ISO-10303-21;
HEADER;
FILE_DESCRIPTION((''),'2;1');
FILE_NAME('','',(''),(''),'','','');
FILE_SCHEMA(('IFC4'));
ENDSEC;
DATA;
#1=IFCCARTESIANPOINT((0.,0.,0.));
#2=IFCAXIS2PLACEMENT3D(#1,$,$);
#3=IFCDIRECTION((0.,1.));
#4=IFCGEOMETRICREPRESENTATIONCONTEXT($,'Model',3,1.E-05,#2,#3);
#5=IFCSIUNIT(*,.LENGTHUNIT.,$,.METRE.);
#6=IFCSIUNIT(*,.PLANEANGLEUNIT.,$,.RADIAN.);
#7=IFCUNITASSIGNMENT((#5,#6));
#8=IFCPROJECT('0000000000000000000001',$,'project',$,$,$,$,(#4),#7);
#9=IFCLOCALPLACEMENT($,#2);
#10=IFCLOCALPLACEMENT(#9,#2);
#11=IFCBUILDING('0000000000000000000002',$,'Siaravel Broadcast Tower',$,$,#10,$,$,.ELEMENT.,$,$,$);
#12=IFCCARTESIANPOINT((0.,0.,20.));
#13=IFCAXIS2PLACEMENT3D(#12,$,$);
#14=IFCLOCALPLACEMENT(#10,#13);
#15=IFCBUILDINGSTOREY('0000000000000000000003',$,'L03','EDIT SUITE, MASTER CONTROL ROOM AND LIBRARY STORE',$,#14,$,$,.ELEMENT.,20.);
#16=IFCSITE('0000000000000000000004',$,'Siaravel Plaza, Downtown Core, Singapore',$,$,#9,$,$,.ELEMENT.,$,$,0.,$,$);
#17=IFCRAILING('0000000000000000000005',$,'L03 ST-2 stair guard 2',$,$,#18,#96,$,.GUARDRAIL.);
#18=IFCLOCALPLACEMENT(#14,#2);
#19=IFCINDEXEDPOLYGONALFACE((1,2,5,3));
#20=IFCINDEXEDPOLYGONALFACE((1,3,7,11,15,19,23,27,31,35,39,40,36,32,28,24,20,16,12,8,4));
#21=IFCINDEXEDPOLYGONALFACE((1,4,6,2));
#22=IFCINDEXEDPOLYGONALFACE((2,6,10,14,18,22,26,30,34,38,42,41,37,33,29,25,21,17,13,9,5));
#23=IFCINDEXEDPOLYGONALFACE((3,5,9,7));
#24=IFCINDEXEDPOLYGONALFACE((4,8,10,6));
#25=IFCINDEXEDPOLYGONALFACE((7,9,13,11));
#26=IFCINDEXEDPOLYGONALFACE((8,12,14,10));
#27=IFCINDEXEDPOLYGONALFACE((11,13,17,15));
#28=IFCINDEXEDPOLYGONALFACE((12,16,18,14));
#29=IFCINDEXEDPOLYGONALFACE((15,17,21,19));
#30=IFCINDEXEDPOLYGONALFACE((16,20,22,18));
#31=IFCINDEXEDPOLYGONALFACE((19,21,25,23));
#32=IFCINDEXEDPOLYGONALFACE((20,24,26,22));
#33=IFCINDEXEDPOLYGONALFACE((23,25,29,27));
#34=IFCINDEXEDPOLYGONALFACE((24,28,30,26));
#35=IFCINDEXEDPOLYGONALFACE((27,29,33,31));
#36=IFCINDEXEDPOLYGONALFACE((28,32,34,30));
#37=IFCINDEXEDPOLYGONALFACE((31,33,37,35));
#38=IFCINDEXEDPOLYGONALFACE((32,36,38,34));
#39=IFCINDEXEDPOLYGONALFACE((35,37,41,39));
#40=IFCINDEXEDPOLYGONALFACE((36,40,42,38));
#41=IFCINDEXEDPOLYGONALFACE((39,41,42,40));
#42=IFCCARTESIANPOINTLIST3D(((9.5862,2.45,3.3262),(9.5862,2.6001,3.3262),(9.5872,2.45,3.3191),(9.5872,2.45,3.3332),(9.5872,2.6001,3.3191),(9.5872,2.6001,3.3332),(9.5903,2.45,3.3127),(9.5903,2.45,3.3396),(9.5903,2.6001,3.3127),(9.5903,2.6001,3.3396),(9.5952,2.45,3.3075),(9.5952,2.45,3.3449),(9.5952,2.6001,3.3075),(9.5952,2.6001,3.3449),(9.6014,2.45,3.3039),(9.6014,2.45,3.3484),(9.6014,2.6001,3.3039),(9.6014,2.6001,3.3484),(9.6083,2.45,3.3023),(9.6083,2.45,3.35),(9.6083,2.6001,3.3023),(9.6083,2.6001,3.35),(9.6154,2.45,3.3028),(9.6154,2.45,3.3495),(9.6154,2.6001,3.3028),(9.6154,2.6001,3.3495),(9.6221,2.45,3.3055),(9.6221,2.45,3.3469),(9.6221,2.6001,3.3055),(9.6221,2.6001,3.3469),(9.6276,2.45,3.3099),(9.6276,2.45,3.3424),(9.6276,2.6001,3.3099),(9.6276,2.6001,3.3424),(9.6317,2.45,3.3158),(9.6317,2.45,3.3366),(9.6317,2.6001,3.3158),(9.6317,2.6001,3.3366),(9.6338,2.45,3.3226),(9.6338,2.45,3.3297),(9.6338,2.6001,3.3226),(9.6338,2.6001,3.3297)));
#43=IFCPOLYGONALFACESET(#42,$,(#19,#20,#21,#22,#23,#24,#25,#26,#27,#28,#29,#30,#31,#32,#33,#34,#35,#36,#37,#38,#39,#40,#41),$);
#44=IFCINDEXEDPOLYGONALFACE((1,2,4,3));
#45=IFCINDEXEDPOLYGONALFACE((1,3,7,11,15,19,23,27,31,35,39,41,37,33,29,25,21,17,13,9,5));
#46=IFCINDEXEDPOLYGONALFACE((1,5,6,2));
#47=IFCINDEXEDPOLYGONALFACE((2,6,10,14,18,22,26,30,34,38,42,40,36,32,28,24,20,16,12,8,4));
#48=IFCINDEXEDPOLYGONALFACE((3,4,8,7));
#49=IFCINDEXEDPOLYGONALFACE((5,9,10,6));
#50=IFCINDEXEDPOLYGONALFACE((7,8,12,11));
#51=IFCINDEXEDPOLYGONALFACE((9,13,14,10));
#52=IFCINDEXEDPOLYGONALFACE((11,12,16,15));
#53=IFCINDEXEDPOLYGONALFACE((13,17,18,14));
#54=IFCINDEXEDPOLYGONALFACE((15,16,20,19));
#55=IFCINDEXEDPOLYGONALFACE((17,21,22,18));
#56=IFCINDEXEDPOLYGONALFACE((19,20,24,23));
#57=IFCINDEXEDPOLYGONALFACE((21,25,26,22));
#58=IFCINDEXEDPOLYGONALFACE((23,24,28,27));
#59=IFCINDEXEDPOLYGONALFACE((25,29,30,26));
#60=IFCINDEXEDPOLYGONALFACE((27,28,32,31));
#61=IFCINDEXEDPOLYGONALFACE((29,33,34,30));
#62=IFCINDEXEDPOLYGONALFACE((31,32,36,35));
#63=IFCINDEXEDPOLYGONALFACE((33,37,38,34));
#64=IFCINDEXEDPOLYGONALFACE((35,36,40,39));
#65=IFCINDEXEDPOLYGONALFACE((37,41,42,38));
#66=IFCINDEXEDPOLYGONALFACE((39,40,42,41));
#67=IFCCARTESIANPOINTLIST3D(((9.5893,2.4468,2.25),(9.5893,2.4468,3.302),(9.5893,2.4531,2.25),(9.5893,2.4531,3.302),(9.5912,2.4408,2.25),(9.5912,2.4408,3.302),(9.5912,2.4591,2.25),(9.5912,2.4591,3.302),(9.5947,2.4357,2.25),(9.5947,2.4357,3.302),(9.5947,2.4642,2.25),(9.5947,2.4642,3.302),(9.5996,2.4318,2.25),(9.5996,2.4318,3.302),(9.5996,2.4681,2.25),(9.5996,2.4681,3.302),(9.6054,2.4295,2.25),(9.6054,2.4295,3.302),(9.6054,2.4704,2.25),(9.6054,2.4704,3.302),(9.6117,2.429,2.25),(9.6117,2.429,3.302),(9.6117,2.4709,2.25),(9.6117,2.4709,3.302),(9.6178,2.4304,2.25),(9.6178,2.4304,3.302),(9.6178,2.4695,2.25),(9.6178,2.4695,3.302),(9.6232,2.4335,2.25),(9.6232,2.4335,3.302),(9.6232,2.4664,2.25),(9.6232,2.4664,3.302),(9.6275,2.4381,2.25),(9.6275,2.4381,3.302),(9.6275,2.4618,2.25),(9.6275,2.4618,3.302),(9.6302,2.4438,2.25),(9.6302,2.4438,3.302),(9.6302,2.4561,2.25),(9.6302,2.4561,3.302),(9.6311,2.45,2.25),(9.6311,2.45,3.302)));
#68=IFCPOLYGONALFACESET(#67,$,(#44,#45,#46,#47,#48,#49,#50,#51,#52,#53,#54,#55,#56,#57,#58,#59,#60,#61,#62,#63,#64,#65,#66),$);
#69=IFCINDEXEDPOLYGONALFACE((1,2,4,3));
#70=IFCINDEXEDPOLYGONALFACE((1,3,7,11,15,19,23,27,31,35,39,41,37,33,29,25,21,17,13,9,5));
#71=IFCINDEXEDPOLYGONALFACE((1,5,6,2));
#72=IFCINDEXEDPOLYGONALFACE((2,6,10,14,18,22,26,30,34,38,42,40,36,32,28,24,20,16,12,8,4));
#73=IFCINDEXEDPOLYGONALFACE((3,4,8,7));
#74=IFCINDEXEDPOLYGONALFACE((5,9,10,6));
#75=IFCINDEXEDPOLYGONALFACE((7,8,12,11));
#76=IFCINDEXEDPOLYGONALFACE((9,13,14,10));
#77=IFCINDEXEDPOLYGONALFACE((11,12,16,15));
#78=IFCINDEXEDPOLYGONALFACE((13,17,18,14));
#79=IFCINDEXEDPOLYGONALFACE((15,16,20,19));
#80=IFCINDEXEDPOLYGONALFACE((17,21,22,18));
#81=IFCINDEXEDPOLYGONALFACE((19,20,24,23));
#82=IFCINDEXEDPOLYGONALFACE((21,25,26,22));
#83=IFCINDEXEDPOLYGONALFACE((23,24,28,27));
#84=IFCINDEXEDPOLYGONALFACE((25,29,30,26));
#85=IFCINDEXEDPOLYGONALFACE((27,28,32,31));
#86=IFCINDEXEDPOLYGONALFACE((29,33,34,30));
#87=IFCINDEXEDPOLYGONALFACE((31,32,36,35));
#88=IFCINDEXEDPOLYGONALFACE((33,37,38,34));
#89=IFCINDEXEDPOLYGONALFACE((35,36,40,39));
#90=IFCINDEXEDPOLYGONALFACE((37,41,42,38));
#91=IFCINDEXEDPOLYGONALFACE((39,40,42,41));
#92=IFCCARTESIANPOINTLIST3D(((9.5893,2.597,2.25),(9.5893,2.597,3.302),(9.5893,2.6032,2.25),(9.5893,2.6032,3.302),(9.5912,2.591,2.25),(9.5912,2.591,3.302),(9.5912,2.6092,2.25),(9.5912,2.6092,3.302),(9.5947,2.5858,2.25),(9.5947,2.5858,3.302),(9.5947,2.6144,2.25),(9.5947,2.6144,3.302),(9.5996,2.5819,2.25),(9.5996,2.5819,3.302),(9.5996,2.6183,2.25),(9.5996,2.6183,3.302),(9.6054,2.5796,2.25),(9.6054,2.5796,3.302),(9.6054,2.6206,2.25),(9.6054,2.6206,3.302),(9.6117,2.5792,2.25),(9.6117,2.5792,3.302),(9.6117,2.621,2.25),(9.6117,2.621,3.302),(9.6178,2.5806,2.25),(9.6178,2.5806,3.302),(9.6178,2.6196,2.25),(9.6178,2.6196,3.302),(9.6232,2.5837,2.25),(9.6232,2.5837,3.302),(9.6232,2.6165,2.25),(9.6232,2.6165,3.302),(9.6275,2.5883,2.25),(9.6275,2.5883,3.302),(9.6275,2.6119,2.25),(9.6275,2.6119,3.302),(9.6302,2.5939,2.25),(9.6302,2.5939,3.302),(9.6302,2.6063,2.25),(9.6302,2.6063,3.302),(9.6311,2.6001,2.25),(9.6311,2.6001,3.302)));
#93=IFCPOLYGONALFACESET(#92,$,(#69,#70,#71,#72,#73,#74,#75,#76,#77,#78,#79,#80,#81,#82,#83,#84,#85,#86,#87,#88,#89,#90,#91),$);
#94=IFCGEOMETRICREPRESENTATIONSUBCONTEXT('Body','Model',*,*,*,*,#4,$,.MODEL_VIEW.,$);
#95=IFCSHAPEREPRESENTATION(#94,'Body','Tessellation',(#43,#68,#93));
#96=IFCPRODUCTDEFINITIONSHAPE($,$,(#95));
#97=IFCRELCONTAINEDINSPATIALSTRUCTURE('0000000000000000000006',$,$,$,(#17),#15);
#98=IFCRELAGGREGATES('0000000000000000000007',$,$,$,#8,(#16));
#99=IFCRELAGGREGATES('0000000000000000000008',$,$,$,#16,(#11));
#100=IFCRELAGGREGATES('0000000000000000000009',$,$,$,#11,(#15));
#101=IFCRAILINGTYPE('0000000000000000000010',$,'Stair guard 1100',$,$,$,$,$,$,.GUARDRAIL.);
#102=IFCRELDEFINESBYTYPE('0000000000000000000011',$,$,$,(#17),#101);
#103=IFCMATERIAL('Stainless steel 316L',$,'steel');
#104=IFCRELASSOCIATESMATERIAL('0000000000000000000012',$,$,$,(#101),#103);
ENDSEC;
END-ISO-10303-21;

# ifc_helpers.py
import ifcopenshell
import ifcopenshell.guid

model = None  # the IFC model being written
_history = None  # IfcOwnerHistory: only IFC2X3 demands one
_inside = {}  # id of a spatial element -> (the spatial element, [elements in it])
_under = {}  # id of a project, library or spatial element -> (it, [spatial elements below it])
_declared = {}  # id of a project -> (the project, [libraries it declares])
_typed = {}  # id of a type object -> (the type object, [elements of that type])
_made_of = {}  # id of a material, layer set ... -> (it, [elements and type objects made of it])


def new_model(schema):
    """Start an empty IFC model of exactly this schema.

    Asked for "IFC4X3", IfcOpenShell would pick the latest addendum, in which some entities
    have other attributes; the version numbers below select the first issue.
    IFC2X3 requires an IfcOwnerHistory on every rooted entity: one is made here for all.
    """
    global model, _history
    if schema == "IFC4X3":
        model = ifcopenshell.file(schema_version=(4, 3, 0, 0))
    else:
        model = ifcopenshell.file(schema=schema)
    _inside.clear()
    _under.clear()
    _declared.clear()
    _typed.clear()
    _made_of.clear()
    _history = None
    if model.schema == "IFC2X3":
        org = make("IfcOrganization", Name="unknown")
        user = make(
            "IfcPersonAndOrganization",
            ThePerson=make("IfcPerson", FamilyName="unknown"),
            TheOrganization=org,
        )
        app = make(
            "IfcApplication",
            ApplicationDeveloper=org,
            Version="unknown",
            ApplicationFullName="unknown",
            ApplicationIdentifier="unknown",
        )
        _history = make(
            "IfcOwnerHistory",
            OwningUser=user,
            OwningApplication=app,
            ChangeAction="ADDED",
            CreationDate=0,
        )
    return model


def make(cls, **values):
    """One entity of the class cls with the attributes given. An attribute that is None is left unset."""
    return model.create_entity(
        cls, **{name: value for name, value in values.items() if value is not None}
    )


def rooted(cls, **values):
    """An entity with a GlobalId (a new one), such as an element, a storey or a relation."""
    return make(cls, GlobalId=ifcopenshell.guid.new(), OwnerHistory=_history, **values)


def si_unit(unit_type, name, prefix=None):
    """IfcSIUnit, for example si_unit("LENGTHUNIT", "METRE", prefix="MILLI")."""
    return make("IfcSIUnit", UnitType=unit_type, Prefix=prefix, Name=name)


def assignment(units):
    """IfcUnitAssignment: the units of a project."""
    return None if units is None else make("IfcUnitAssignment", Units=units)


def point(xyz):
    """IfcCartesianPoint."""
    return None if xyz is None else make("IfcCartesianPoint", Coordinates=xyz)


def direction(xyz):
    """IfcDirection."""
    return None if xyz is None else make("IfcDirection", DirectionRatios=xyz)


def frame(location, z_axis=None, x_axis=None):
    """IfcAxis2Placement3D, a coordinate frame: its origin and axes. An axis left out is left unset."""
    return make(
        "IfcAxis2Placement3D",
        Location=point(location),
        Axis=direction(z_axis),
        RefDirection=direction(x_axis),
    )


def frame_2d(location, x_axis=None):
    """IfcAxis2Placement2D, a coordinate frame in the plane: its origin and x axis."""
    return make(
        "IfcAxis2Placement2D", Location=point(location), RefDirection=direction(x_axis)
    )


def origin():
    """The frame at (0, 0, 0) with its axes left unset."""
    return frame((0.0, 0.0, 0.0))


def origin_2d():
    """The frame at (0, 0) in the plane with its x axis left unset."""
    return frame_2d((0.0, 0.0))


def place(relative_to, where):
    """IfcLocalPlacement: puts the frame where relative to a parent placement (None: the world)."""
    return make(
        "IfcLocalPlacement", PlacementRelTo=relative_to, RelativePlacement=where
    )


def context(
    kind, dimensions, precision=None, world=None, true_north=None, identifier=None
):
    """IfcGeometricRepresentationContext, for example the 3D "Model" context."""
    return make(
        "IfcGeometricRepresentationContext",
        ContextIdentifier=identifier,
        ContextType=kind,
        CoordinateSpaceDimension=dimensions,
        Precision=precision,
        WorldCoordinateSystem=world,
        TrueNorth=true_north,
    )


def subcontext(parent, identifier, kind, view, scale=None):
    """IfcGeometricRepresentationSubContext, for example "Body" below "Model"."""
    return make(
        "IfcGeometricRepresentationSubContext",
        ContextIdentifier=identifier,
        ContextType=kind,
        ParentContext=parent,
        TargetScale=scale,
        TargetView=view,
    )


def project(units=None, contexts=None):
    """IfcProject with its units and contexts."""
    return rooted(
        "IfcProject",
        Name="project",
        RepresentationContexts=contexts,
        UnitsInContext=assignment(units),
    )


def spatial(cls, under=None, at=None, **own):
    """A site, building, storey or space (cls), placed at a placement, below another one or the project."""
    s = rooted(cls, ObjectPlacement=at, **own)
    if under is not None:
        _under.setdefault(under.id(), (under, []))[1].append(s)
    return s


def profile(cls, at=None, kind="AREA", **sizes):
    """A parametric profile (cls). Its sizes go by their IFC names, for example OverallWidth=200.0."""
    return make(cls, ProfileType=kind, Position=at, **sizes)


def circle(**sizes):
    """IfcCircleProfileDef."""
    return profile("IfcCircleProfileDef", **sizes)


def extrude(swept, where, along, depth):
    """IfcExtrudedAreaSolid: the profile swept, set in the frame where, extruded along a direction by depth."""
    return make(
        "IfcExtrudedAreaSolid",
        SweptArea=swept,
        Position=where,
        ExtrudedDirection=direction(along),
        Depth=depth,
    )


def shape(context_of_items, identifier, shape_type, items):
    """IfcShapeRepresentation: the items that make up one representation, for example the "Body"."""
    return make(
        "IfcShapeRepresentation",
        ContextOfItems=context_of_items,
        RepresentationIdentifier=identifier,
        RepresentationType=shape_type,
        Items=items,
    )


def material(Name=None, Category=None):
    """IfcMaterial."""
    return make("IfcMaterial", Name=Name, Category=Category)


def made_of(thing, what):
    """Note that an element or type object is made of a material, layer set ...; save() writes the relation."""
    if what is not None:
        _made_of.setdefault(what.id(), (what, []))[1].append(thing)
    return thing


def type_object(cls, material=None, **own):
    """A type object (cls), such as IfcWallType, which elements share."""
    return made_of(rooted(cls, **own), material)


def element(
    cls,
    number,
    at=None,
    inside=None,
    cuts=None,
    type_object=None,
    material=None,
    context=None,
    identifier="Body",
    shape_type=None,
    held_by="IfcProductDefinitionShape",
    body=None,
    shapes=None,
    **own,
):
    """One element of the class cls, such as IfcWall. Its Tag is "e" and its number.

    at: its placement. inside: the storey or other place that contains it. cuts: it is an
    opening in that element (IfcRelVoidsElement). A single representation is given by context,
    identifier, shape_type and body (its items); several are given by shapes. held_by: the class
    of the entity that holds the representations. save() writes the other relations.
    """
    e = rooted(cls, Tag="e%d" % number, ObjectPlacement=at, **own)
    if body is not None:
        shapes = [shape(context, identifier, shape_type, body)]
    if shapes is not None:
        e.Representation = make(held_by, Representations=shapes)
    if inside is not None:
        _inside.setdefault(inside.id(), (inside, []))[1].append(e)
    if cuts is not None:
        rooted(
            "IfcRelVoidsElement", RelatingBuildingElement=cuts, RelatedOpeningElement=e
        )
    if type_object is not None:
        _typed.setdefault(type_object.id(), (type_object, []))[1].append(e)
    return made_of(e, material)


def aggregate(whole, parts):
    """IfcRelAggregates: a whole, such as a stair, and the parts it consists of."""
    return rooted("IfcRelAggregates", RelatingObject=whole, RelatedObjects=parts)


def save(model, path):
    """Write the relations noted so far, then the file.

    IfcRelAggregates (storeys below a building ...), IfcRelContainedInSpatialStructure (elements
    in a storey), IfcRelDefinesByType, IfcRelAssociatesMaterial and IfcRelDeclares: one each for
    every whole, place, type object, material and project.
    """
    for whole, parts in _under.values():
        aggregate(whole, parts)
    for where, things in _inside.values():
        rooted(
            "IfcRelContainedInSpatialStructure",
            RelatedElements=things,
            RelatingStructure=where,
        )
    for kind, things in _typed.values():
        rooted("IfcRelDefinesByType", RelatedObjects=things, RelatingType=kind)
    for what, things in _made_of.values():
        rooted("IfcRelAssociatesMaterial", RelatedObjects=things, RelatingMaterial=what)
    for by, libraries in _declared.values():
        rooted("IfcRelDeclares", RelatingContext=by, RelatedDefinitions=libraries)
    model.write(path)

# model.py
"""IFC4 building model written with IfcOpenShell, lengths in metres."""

from ifc_helpers import new_model, si_unit, direction, frame, origin, origin_2d, place, context, subcontext, project, spatial, circle, extrude, material, type_object, element, save


model = new_model("IFC4")

# Units and contexts
model_context = context("Model", 3, precision=1e-05, world=origin(), true_north=direction((0.0, 1.0)))
body_context = subcontext(model_context, "Body", "Model", "MODEL_VIEW")
ifc_project = project(units=[si_unit("LENGTHUNIT", "METRE"), si_unit("PLANEANGLEUNIT", "RADIAN")], contexts=[model_context])

# Site, building, storey
site_placement = place(None, origin())
site = spatial("IfcSite", under=ifc_project, at=site_placement, Name="Siaravel Plaza, Downtown Core, Singapore", CompositionType="ELEMENT", RefElevation=0.0)
building_placement = place(site_placement, origin())
building = spatial("IfcBuilding", under=site, at=building_placement, Name="Siaravel Broadcast Tower", CompositionType="ELEMENT")
storey_placement = place(building_placement, frame((0.0, 0.0, 20.0)))
storey = spatial("IfcBuildingStorey", under=building, at=storey_placement, Name="L03", Description="EDIT SUITE, MASTER CONTROL ROOM AND LIBRARY STORE", CompositionType="ELEMENT", Elevation=20.0)

# Railing
ifc_material_1 = material(Name="Stainless steel 316L", Category="steel")
railing_type_1 = type_object("IfcRailingType", Name="Stair guard 1100", PredefinedType="GUARDRAIL", material=ifc_material_1)
railing_1_placement = place(storey_placement, frame((9.6101, 2.45, 2.25)))
element("IfcRailing", 1, at=railing_1_placement, inside=storey, type_object=railing_type_1, Name="L03 ST-2 stair guard 2", PredefinedType="GUARDRAIL", context=body_context, shape_type="SweptSolid", body=[
    extrude(circle(Radius=0.0239, at=origin_2d()), frame((0.0, 0.0, 1.0762), z_axis=(0.0, 1.0, 0.0), x_axis=(-1.0, 0.0, 0.0)), (0.0, 0.0, 1.0), 0.1501),
    extrude(circle(Radius=0.021, at=origin_2d()), origin(), (0.0, 0.0, 1.0), 1.052),
    extrude(circle(Radius=0.021, at=origin_2d()), frame((0.0, 0.1501, 0.0)), (0.0, 0.0, 1.0), 1.052),
])

save(model, "model.ifc")
